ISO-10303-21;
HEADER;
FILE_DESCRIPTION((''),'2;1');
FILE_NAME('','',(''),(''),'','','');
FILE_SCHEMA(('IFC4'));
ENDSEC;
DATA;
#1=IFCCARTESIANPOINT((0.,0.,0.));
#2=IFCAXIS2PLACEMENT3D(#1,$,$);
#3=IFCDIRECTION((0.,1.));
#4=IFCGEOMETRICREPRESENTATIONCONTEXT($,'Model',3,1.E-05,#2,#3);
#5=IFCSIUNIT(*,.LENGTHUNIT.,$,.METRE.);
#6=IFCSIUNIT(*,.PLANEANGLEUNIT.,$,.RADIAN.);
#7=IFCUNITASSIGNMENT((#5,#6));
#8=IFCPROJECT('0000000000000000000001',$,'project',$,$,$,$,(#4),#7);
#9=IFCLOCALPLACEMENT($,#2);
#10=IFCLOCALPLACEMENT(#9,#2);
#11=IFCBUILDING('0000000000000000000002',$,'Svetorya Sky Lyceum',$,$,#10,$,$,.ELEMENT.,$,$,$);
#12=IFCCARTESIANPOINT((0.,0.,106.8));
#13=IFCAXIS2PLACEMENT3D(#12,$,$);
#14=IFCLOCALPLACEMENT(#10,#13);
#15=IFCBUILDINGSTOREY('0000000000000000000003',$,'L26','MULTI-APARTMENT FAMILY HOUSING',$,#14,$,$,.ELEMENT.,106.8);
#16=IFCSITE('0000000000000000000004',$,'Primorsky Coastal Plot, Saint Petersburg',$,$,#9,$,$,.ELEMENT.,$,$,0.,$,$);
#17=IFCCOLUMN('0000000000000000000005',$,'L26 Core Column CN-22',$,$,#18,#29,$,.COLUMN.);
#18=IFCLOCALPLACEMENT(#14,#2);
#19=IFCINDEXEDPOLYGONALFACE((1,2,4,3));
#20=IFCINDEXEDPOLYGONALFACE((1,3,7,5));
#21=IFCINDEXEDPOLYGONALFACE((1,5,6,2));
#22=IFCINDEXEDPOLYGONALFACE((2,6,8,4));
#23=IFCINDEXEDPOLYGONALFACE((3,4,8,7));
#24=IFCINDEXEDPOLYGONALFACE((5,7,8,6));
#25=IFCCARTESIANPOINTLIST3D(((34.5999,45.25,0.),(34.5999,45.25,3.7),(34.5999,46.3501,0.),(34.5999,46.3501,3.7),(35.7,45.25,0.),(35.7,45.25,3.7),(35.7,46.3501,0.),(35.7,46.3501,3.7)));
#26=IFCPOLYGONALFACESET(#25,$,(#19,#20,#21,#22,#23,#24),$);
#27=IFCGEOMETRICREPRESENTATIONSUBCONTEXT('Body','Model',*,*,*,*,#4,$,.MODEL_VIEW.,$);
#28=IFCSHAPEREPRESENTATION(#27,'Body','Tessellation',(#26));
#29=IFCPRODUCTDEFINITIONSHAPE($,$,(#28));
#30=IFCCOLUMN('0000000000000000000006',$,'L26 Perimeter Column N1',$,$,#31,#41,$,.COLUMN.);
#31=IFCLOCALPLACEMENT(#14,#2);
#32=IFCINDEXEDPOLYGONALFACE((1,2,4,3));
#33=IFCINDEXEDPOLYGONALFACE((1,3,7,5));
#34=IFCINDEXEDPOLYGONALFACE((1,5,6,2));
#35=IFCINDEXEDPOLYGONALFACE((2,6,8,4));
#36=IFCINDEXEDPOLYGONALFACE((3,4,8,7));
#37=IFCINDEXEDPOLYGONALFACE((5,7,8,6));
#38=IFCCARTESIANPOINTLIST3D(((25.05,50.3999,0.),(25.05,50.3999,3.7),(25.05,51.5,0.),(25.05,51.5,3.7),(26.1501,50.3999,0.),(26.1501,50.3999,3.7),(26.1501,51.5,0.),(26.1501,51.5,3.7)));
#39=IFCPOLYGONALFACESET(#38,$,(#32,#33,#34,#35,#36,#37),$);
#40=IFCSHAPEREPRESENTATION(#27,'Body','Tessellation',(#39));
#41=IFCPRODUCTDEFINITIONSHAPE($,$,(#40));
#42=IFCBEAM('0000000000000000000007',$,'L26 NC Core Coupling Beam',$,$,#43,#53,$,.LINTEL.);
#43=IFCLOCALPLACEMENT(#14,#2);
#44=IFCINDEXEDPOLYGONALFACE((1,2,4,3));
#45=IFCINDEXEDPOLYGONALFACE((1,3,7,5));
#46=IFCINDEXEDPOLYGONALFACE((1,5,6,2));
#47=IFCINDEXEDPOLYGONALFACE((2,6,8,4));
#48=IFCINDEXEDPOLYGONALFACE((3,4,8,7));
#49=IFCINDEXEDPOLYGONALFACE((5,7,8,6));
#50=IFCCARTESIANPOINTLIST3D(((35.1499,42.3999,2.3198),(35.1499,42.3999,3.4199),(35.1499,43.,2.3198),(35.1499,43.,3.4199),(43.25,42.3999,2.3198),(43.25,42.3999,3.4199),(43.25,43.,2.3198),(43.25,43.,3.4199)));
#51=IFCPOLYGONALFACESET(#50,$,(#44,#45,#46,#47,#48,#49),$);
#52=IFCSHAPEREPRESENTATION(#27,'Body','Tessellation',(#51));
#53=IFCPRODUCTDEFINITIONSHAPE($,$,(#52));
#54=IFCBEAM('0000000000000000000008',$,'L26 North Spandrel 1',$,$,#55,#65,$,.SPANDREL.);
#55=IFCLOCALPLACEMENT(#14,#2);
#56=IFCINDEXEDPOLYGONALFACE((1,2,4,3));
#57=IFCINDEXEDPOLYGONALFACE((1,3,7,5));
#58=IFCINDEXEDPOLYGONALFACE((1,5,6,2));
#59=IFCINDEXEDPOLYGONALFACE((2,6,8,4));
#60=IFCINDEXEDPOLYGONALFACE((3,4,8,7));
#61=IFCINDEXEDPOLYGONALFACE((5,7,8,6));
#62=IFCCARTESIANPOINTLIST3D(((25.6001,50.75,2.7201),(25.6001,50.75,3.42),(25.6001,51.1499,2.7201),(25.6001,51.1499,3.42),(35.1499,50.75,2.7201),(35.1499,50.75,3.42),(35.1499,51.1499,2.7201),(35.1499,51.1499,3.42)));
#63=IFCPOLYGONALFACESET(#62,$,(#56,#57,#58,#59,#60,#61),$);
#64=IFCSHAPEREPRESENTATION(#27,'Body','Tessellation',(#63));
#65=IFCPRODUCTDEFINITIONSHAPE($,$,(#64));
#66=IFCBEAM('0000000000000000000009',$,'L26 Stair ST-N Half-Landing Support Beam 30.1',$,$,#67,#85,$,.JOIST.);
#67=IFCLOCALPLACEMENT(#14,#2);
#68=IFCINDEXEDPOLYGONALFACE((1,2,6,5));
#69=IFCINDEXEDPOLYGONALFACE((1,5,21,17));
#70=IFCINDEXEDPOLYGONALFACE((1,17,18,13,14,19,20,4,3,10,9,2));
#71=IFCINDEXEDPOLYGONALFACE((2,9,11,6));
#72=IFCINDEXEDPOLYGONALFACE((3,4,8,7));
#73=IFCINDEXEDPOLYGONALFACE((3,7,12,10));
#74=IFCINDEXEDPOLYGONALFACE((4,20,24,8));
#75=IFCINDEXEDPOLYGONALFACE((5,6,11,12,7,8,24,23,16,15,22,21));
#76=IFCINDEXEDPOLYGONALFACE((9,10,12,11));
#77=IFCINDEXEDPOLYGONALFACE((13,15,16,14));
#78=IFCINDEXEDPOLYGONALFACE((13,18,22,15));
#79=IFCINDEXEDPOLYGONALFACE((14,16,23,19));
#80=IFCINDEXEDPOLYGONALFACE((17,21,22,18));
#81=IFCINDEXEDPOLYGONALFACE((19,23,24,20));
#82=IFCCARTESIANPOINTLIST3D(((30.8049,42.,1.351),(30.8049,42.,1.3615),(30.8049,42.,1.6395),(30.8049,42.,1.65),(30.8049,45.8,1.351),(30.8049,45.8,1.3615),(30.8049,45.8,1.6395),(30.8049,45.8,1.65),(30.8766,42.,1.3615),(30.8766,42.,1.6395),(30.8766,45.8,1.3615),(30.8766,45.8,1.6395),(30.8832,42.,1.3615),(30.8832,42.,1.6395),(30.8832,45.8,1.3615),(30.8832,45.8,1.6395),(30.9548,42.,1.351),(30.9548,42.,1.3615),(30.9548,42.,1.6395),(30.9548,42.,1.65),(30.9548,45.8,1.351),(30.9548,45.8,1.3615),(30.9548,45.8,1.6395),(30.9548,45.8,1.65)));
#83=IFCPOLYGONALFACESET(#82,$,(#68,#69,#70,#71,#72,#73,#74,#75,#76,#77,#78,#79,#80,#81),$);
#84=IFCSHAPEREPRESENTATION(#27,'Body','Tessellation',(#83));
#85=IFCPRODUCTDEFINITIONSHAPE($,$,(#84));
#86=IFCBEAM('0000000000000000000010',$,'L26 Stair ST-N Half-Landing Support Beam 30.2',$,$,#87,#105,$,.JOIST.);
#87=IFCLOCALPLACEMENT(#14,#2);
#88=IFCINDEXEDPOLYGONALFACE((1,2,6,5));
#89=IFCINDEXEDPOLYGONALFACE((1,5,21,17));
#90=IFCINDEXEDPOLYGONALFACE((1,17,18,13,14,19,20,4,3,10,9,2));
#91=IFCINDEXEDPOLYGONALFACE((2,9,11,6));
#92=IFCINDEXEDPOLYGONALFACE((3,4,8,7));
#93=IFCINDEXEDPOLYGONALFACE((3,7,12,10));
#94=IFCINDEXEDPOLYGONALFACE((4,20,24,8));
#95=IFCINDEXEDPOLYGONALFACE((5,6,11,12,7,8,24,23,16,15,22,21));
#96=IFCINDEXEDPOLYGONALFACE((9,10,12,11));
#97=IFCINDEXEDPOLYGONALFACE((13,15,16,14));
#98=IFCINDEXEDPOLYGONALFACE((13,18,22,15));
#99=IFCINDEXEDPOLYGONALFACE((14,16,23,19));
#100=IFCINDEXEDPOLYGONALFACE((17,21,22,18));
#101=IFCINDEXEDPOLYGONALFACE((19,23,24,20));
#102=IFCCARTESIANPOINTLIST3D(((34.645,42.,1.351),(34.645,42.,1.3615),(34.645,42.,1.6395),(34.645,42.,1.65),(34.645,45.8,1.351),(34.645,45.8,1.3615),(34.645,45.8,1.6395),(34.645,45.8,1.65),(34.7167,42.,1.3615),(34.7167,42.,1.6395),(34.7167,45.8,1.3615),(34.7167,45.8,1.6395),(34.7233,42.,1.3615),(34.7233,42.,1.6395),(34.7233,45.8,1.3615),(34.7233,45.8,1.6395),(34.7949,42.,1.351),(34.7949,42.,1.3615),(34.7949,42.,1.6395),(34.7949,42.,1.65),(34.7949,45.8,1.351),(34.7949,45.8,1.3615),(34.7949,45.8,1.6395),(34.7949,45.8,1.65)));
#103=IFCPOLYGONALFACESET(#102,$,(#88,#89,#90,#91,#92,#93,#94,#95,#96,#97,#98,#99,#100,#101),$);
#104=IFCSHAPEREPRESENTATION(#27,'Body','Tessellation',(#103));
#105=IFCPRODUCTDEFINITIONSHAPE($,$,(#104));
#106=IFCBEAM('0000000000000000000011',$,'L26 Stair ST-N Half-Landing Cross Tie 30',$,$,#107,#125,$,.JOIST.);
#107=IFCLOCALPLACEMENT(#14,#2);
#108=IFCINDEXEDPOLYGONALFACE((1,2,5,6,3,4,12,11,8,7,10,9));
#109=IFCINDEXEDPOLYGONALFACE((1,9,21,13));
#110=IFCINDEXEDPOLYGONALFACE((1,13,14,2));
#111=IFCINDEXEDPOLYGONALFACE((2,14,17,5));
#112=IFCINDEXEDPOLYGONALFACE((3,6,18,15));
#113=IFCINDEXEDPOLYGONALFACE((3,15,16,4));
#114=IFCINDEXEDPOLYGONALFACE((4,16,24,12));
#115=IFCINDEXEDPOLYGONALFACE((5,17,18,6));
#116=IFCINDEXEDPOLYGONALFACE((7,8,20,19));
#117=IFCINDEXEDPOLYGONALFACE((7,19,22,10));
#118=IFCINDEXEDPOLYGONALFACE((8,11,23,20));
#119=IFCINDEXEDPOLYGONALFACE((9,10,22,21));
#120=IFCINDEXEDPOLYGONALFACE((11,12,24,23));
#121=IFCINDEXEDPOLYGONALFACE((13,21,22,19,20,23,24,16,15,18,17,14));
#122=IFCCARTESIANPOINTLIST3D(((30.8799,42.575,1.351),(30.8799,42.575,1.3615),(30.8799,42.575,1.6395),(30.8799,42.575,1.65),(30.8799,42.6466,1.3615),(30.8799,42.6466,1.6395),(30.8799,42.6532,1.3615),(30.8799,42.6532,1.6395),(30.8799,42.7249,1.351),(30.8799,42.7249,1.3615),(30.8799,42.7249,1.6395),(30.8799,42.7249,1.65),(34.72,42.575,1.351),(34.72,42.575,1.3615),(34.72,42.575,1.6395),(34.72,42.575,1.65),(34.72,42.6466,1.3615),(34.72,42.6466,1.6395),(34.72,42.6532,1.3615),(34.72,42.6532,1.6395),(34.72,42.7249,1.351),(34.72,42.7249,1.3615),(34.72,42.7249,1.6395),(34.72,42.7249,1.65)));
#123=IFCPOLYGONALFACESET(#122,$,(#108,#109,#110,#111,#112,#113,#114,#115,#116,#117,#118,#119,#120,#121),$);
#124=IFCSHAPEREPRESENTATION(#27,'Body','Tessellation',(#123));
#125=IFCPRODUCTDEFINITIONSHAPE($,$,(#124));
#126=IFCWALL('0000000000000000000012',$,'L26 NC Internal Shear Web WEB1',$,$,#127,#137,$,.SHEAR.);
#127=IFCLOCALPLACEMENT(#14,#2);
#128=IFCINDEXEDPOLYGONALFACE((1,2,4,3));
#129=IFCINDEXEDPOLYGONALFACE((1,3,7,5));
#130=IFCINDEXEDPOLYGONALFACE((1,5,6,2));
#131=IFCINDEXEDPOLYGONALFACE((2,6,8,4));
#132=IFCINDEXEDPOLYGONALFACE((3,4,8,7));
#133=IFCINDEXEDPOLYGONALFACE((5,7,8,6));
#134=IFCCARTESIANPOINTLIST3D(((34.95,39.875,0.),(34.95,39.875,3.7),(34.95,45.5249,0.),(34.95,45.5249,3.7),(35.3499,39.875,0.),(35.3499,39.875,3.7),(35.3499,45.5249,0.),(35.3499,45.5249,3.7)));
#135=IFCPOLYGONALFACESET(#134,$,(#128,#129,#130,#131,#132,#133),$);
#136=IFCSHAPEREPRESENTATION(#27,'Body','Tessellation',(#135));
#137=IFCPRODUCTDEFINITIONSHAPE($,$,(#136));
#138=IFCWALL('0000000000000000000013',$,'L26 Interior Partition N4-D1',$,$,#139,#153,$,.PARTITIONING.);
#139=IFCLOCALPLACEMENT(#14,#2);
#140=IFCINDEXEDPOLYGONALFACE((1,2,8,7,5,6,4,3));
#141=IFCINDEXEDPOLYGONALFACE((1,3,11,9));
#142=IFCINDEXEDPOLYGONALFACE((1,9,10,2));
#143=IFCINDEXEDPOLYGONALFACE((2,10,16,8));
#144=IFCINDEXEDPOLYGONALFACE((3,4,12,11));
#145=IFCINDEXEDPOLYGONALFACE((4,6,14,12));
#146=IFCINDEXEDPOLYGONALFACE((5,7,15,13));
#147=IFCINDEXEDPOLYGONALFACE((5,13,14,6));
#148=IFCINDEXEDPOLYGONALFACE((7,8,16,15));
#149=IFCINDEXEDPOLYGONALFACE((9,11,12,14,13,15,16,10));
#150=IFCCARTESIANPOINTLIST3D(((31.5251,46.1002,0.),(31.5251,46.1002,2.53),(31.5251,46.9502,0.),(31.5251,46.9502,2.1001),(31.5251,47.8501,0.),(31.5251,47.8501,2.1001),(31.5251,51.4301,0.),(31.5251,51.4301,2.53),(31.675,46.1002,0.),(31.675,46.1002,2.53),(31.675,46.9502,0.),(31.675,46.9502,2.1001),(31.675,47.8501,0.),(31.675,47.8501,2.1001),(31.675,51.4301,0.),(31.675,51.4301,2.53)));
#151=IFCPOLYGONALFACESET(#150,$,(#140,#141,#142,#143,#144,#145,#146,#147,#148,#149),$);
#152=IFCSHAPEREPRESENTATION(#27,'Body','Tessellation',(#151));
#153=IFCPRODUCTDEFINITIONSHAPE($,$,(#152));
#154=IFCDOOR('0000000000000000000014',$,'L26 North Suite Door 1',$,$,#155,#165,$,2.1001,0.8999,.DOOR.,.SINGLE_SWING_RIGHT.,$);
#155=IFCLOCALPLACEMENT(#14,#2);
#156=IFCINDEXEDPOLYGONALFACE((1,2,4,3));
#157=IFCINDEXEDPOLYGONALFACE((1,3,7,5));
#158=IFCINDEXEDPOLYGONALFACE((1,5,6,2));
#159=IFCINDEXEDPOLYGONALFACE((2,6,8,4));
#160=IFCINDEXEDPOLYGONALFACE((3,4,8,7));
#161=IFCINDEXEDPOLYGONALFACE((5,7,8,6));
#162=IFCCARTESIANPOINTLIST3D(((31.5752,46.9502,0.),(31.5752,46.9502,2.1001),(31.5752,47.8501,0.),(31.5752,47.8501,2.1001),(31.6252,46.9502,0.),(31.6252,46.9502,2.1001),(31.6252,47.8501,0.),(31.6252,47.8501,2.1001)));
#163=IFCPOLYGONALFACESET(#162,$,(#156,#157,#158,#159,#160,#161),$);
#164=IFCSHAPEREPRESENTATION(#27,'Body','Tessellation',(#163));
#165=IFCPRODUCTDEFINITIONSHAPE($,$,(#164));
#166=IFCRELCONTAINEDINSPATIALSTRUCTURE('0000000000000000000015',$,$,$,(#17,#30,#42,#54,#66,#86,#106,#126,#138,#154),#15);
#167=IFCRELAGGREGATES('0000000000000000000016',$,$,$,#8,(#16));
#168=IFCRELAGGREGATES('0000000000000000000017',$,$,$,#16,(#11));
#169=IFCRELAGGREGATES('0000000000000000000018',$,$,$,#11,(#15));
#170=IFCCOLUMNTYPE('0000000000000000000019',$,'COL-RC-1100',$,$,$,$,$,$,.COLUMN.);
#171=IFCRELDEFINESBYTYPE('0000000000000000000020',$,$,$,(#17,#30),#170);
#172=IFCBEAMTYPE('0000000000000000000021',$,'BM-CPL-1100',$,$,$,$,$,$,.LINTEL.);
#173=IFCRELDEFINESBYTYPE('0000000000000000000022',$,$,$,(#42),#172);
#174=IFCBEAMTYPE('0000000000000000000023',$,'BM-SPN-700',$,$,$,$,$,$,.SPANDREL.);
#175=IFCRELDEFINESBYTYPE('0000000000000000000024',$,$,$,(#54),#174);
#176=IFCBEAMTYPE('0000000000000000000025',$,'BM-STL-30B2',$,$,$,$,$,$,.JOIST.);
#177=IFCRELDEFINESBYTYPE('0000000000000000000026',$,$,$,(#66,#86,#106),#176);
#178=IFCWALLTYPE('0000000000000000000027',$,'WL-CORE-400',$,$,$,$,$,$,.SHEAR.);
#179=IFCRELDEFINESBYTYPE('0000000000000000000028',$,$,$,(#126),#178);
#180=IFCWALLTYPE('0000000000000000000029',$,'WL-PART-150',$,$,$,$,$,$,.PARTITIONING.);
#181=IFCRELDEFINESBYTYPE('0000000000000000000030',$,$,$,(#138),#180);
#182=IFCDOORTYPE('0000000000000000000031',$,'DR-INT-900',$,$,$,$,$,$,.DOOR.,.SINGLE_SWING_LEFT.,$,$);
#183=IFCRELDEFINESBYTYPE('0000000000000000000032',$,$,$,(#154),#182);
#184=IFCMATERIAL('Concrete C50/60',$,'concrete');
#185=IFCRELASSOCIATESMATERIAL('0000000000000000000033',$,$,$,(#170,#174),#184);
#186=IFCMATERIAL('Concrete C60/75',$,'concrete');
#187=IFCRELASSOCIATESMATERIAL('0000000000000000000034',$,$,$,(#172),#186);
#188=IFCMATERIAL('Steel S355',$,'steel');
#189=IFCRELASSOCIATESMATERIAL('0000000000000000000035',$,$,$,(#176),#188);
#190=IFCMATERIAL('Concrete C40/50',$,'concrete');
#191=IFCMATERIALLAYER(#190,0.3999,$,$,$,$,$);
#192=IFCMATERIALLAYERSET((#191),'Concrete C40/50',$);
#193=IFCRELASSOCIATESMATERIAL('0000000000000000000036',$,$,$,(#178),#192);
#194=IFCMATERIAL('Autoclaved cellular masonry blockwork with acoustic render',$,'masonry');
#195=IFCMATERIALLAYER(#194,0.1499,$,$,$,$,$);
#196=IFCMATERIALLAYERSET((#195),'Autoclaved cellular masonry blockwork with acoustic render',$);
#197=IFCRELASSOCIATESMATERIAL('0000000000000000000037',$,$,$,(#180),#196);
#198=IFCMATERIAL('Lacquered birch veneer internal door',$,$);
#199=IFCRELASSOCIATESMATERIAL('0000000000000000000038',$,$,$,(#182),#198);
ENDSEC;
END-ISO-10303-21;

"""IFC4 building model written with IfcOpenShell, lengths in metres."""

from ifc_helpers import new_model, si_unit, direction, frame, frame_2d, origin, origin_2d, place, context, subcontext, project, spatial, rectangle, i_section, extrude, material, layer, layer_set, material_profile, profile_set, type_object, element, fill, save


model = new_model("IFC4")

# Units and contexts
model_context = context("Model", 3, precision=1e-05, world=origin(), true_north=direction((0.0, 1.0)))
body_context = subcontext(model_context, "Body", "Model", "MODEL_VIEW")
ifc_project = project(units=[si_unit("LENGTHUNIT", "METRE"), si_unit("PLANEANGLEUNIT", "RADIAN")], contexts=[model_context])

# Site, building, storey
site_placement = place(None, origin())
site = spatial("IfcSite", under=ifc_project, at=site_placement, Name="Primorsky Coastal Plot, Saint Petersburg", CompositionType="ELEMENT", RefElevation=0.0)
building_placement = place(site_placement, origin())
building = spatial("IfcBuilding", under=site, at=building_placement, Name="Svetorya Sky Lyceum", CompositionType="ELEMENT")
storey_placement = place(building_placement, frame((0.0, 0.0, 106.8)))
storey = spatial("IfcBuildingStorey", under=building, at=storey_placement, Name="L26", Description="MULTI-APARTMENT FAMILY HOUSING", CompositionType="ELEMENT", Elevation=106.8)

# Columns
ifc_material_1 = material(Name="Concrete C50/60", Category="concrete")
ifc_material_profile_1 = material_profile(ifc_material_1, rectangle(XDim=1.1001, YDim=1.1001, at=origin_2d()), Name="RC COL 1100x1100")
ifc_profile_set_1 = profile_set([ifc_material_profile_1], Name="Concrete C50/60")
column_type = type_object("IfcColumnType", Name="COL-RC-1100", PredefinedType="COLUMN", material=ifc_profile_set_1)
for number, where, z_axis, x_axis, name in (
    (1, (35.1499, 45.8, 0.0), (0.0, 0.0, 1.0), (1.0, 0.0, 0.0), "L26 Core Column CN-22"),
    (2, (25.6001, 50.95, 0.0), (0.0, 0.0, 1.0), (1.0, 0.0, 0.0), "L26 Perimeter Column N1"),
):
    element("IfcColumn", number, at=place(storey_placement, frame(where, z_axis=z_axis, x_axis=x_axis)), inside=storey, type_object=column_type, Name=name, PredefinedType="COLUMN", context=body_context, shape_type="SweptSolid", body=[
        extrude(rectangle(XDim=1.1001, YDim=1.1001, at=origin_2d()), origin(), (0.0, 0.0, 1.0), 3.7),
    ])

# Beams
ifc_material_2 = material(Name="Concrete C60/75", Category="concrete")
ifc_material_profile_2 = material_profile(ifc_material_2, rectangle(XDim=0.6001, YDim=1.1001, at=origin_2d()), Name="RC COUPLING 600x1100")
ifc_profile_set_2 = profile_set([ifc_material_profile_2], Name="Concrete C60/75")
beam_type_1 = type_object("IfcBeamType", Name="BM-CPL-1100", PredefinedType="LINTEL", material=ifc_profile_set_2)
beam_1_placement = place(storey_placement, frame((35.1499, 42.7, 2.8699), z_axis=(1.0, 0.0, 0.0), x_axis=(0.0, 1.0, 0.0)))
element("IfcBeam", 3, at=beam_1_placement, inside=storey, type_object=beam_type_1, Name="L26 NC Core Coupling Beam", PredefinedType="LINTEL", context=body_context, shape_type="SweptSolid", body=[
    extrude(rectangle(XDim=0.6001, YDim=1.1001, at=origin_2d()), origin(), (0.0, 0.0, 1.0), 8.1001),
])
ifc_material_profile_3 = material_profile(ifc_material_1, rectangle(XDim=0.3999, YDim=0.7, at=origin_2d()), Name="RC SPANDREL 400x700")
ifc_profile_set_3 = profile_set([ifc_material_profile_3], Name="Concrete C50/60")
beam_type_2 = type_object("IfcBeamType", Name="BM-SPN-700", PredefinedType="SPANDREL", material=ifc_profile_set_3)
beam_2_placement = place(storey_placement, frame((25.6001, 50.95, 3.0701), z_axis=(1.0, 0.0, 0.0), x_axis=(0.0, 1.0, 0.0)))
element("IfcBeam", 4, at=beam_2_placement, inside=storey, type_object=beam_type_2, Name="L26 North Spandrel 1", PredefinedType="SPANDREL", context=body_context, shape_type="SweptSolid", body=[
    extrude(rectangle(XDim=0.3999, YDim=0.7, at=origin_2d()), origin(), (0.0, 0.0, 1.0), 9.5498),
])
ifc_material_3 = material(Name="Steel S355", Category="steel")
ifc_material_profile_4 = material_profile(ifc_material_3, i_section(OverallWidth=0.1499, OverallDepth=0.2991, WebThickness=0.0066, FlangeThickness=0.0105, at=origin_2d()), Name="GOST 30B2")
ifc_profile_set_4 = profile_set([ifc_material_profile_4], Name="Steel S355")
beam_type_3 = type_object("IfcBeamType", Name="BM-STL-30B2", PredefinedType="JOIST", material=ifc_profile_set_4)
for number, where, z_axis, x_axis, name in (
    (5, (30.8799, 42.0, 1.5005), (0.0, 1.0, 0.0), (-1.0, 0.0, 0.0), "L26 Stair ST-N Half-Landing Support Beam 30.1"),
    (6, (34.72, 42.0, 1.5005), (0.0, 1.0, 0.0), (-1.0, 0.0, 0.0), "L26 Stair ST-N Half-Landing Support Beam 30.2"),
):
    element("IfcBeam", number, at=place(storey_placement, frame(where, z_axis=z_axis, x_axis=x_axis)), inside=storey, type_object=beam_type_3, Name=name, PredefinedType="JOIST", context=body_context, shape_type="SweptSolid", body=[
        extrude(i_section(OverallWidth=0.1499, OverallDepth=0.2991, WebThickness=0.0066, FlangeThickness=0.0105, at=origin_2d()), origin(), (0.0, 0.0, 1.0), 3.8),
    ])
beam_3_placement = place(storey_placement, frame((30.8799, 42.6499, 1.5005), z_axis=(1.0, 0.0, 0.0), x_axis=(0.0, 1.0, 0.0)))
element("IfcBeam", 7, at=beam_3_placement, inside=storey, type_object=beam_type_3, Name="L26 Stair ST-N Half-Landing Cross Tie 30", PredefinedType="JOIST", context=body_context, shape_type="SweptSolid", body=[
    extrude(i_section(OverallWidth=0.1499, OverallDepth=0.2991, WebThickness=0.0066, FlangeThickness=0.0105, at=origin_2d()), origin(), (0.0, 0.0, 1.0), 3.8401),
])

# Wall
ifc_material_4 = material(Name="Concrete C40/50", Category="concrete")
ifc_layer_1 = layer(ifc_material_4, 0.3999)
ifc_layer_set_1 = layer_set([ifc_layer_1], Name="Concrete C40/50")
wall_type_1 = type_object("IfcWallType", Name="WL-CORE-400", PredefinedType="SHEAR", material=ifc_layer_set_1)
wall_1_placement = place(storey_placement, frame((35.1499, 39.875, 0.0), z_axis=(0.0, 0.0, 1.0), x_axis=(0.0, 1.0, 0.0)))
element("IfcWall", 8, at=wall_1_placement, inside=storey, type_object=wall_type_1, Name="L26 NC Internal Shear Web WEB1", PredefinedType="SHEAR", context=body_context, shape_type="SweptSolid", body=[
    extrude(rectangle(XDim=5.6499, YDim=0.3999, at=frame_2d((2.825, 0.0))), origin(), (0.0, 0.0, 1.0), 3.7),
])

# Wall, opening, door
ifc_material_5 = material(Name="Autoclaved cellular masonry blockwork with acoustic render", Category="masonry")
ifc_layer_2 = layer(ifc_material_5, 0.1499)
ifc_layer_set_2 = layer_set([ifc_layer_2], Name="Autoclaved cellular masonry blockwork with acoustic render")
wall_type_2 = type_object("IfcWallType", Name="WL-PART-150", PredefinedType="PARTITIONING", material=ifc_layer_set_2)
wall_2_placement = place(storey_placement, frame((31.6001, 46.1001, 0.0), z_axis=(0.0, 0.0, 1.0), x_axis=(0.0, 1.0, 0.0)))
wall_2 = element("IfcWall", 9, at=wall_2_placement, inside=storey, type_object=wall_type_2, Name="L26 Interior Partition N4-D1", PredefinedType="PARTITIONING", context=body_context, shape_type="SweptSolid", body=[
    extrude(rectangle(XDim=5.3298, YDim=0.1499, at=frame_2d((2.665, 0.0))), origin(), (0.0, 0.0, 1.0), 2.53),
])
opening_placement = place(wall_2_placement, frame((0.8501, 0.0, 0.0)))
opening = element("IfcOpeningElement", 10, at=opening_placement, cuts=wall_2, PredefinedType="OPENING", context=body_context, shape_type="SweptSolid", body=[
    extrude(rectangle(XDim=0.8999, YDim=2.1001, at=frame_2d((0.45, 1.05))), frame((0.0, 0.085, 0.0), z_axis=(0.0, -1.0, 0.0), x_axis=(1.0, 0.0, 0.0)), (0.0, 0.0, 1.0), 0.1699),
])
ifc_material_6 = material(Name="Lacquered birch veneer internal door")
door_type = type_object("IfcDoorType", Name="DR-INT-900", OperationType="SINGLE_SWING_LEFT", PredefinedType="DOOR", material=ifc_material_6)
door_placement = place(opening_placement, origin())
door = element("IfcDoor", 11, at=door_placement, inside=storey, type_object=door_type, Name="L26 North Suite Door 1", OperationType="SINGLE_SWING_RIGHT", OverallHeight=2.1001, OverallWidth=0.8999, PredefinedType="DOOR", context=body_context, shape_type="SweptSolid", body=[
    extrude(rectangle(XDim=0.8999, YDim=2.1001, at=frame_2d((0.45, 1.05))), frame((0.0, 0.0249, 0.0), z_axis=(0.0, -1.0, 0.0), x_axis=(1.0, 0.0, 0.0)), (0.0, 0.0, 1.0), 0.05),
])
fill(opening, door)

save(model, "model.ifc")
